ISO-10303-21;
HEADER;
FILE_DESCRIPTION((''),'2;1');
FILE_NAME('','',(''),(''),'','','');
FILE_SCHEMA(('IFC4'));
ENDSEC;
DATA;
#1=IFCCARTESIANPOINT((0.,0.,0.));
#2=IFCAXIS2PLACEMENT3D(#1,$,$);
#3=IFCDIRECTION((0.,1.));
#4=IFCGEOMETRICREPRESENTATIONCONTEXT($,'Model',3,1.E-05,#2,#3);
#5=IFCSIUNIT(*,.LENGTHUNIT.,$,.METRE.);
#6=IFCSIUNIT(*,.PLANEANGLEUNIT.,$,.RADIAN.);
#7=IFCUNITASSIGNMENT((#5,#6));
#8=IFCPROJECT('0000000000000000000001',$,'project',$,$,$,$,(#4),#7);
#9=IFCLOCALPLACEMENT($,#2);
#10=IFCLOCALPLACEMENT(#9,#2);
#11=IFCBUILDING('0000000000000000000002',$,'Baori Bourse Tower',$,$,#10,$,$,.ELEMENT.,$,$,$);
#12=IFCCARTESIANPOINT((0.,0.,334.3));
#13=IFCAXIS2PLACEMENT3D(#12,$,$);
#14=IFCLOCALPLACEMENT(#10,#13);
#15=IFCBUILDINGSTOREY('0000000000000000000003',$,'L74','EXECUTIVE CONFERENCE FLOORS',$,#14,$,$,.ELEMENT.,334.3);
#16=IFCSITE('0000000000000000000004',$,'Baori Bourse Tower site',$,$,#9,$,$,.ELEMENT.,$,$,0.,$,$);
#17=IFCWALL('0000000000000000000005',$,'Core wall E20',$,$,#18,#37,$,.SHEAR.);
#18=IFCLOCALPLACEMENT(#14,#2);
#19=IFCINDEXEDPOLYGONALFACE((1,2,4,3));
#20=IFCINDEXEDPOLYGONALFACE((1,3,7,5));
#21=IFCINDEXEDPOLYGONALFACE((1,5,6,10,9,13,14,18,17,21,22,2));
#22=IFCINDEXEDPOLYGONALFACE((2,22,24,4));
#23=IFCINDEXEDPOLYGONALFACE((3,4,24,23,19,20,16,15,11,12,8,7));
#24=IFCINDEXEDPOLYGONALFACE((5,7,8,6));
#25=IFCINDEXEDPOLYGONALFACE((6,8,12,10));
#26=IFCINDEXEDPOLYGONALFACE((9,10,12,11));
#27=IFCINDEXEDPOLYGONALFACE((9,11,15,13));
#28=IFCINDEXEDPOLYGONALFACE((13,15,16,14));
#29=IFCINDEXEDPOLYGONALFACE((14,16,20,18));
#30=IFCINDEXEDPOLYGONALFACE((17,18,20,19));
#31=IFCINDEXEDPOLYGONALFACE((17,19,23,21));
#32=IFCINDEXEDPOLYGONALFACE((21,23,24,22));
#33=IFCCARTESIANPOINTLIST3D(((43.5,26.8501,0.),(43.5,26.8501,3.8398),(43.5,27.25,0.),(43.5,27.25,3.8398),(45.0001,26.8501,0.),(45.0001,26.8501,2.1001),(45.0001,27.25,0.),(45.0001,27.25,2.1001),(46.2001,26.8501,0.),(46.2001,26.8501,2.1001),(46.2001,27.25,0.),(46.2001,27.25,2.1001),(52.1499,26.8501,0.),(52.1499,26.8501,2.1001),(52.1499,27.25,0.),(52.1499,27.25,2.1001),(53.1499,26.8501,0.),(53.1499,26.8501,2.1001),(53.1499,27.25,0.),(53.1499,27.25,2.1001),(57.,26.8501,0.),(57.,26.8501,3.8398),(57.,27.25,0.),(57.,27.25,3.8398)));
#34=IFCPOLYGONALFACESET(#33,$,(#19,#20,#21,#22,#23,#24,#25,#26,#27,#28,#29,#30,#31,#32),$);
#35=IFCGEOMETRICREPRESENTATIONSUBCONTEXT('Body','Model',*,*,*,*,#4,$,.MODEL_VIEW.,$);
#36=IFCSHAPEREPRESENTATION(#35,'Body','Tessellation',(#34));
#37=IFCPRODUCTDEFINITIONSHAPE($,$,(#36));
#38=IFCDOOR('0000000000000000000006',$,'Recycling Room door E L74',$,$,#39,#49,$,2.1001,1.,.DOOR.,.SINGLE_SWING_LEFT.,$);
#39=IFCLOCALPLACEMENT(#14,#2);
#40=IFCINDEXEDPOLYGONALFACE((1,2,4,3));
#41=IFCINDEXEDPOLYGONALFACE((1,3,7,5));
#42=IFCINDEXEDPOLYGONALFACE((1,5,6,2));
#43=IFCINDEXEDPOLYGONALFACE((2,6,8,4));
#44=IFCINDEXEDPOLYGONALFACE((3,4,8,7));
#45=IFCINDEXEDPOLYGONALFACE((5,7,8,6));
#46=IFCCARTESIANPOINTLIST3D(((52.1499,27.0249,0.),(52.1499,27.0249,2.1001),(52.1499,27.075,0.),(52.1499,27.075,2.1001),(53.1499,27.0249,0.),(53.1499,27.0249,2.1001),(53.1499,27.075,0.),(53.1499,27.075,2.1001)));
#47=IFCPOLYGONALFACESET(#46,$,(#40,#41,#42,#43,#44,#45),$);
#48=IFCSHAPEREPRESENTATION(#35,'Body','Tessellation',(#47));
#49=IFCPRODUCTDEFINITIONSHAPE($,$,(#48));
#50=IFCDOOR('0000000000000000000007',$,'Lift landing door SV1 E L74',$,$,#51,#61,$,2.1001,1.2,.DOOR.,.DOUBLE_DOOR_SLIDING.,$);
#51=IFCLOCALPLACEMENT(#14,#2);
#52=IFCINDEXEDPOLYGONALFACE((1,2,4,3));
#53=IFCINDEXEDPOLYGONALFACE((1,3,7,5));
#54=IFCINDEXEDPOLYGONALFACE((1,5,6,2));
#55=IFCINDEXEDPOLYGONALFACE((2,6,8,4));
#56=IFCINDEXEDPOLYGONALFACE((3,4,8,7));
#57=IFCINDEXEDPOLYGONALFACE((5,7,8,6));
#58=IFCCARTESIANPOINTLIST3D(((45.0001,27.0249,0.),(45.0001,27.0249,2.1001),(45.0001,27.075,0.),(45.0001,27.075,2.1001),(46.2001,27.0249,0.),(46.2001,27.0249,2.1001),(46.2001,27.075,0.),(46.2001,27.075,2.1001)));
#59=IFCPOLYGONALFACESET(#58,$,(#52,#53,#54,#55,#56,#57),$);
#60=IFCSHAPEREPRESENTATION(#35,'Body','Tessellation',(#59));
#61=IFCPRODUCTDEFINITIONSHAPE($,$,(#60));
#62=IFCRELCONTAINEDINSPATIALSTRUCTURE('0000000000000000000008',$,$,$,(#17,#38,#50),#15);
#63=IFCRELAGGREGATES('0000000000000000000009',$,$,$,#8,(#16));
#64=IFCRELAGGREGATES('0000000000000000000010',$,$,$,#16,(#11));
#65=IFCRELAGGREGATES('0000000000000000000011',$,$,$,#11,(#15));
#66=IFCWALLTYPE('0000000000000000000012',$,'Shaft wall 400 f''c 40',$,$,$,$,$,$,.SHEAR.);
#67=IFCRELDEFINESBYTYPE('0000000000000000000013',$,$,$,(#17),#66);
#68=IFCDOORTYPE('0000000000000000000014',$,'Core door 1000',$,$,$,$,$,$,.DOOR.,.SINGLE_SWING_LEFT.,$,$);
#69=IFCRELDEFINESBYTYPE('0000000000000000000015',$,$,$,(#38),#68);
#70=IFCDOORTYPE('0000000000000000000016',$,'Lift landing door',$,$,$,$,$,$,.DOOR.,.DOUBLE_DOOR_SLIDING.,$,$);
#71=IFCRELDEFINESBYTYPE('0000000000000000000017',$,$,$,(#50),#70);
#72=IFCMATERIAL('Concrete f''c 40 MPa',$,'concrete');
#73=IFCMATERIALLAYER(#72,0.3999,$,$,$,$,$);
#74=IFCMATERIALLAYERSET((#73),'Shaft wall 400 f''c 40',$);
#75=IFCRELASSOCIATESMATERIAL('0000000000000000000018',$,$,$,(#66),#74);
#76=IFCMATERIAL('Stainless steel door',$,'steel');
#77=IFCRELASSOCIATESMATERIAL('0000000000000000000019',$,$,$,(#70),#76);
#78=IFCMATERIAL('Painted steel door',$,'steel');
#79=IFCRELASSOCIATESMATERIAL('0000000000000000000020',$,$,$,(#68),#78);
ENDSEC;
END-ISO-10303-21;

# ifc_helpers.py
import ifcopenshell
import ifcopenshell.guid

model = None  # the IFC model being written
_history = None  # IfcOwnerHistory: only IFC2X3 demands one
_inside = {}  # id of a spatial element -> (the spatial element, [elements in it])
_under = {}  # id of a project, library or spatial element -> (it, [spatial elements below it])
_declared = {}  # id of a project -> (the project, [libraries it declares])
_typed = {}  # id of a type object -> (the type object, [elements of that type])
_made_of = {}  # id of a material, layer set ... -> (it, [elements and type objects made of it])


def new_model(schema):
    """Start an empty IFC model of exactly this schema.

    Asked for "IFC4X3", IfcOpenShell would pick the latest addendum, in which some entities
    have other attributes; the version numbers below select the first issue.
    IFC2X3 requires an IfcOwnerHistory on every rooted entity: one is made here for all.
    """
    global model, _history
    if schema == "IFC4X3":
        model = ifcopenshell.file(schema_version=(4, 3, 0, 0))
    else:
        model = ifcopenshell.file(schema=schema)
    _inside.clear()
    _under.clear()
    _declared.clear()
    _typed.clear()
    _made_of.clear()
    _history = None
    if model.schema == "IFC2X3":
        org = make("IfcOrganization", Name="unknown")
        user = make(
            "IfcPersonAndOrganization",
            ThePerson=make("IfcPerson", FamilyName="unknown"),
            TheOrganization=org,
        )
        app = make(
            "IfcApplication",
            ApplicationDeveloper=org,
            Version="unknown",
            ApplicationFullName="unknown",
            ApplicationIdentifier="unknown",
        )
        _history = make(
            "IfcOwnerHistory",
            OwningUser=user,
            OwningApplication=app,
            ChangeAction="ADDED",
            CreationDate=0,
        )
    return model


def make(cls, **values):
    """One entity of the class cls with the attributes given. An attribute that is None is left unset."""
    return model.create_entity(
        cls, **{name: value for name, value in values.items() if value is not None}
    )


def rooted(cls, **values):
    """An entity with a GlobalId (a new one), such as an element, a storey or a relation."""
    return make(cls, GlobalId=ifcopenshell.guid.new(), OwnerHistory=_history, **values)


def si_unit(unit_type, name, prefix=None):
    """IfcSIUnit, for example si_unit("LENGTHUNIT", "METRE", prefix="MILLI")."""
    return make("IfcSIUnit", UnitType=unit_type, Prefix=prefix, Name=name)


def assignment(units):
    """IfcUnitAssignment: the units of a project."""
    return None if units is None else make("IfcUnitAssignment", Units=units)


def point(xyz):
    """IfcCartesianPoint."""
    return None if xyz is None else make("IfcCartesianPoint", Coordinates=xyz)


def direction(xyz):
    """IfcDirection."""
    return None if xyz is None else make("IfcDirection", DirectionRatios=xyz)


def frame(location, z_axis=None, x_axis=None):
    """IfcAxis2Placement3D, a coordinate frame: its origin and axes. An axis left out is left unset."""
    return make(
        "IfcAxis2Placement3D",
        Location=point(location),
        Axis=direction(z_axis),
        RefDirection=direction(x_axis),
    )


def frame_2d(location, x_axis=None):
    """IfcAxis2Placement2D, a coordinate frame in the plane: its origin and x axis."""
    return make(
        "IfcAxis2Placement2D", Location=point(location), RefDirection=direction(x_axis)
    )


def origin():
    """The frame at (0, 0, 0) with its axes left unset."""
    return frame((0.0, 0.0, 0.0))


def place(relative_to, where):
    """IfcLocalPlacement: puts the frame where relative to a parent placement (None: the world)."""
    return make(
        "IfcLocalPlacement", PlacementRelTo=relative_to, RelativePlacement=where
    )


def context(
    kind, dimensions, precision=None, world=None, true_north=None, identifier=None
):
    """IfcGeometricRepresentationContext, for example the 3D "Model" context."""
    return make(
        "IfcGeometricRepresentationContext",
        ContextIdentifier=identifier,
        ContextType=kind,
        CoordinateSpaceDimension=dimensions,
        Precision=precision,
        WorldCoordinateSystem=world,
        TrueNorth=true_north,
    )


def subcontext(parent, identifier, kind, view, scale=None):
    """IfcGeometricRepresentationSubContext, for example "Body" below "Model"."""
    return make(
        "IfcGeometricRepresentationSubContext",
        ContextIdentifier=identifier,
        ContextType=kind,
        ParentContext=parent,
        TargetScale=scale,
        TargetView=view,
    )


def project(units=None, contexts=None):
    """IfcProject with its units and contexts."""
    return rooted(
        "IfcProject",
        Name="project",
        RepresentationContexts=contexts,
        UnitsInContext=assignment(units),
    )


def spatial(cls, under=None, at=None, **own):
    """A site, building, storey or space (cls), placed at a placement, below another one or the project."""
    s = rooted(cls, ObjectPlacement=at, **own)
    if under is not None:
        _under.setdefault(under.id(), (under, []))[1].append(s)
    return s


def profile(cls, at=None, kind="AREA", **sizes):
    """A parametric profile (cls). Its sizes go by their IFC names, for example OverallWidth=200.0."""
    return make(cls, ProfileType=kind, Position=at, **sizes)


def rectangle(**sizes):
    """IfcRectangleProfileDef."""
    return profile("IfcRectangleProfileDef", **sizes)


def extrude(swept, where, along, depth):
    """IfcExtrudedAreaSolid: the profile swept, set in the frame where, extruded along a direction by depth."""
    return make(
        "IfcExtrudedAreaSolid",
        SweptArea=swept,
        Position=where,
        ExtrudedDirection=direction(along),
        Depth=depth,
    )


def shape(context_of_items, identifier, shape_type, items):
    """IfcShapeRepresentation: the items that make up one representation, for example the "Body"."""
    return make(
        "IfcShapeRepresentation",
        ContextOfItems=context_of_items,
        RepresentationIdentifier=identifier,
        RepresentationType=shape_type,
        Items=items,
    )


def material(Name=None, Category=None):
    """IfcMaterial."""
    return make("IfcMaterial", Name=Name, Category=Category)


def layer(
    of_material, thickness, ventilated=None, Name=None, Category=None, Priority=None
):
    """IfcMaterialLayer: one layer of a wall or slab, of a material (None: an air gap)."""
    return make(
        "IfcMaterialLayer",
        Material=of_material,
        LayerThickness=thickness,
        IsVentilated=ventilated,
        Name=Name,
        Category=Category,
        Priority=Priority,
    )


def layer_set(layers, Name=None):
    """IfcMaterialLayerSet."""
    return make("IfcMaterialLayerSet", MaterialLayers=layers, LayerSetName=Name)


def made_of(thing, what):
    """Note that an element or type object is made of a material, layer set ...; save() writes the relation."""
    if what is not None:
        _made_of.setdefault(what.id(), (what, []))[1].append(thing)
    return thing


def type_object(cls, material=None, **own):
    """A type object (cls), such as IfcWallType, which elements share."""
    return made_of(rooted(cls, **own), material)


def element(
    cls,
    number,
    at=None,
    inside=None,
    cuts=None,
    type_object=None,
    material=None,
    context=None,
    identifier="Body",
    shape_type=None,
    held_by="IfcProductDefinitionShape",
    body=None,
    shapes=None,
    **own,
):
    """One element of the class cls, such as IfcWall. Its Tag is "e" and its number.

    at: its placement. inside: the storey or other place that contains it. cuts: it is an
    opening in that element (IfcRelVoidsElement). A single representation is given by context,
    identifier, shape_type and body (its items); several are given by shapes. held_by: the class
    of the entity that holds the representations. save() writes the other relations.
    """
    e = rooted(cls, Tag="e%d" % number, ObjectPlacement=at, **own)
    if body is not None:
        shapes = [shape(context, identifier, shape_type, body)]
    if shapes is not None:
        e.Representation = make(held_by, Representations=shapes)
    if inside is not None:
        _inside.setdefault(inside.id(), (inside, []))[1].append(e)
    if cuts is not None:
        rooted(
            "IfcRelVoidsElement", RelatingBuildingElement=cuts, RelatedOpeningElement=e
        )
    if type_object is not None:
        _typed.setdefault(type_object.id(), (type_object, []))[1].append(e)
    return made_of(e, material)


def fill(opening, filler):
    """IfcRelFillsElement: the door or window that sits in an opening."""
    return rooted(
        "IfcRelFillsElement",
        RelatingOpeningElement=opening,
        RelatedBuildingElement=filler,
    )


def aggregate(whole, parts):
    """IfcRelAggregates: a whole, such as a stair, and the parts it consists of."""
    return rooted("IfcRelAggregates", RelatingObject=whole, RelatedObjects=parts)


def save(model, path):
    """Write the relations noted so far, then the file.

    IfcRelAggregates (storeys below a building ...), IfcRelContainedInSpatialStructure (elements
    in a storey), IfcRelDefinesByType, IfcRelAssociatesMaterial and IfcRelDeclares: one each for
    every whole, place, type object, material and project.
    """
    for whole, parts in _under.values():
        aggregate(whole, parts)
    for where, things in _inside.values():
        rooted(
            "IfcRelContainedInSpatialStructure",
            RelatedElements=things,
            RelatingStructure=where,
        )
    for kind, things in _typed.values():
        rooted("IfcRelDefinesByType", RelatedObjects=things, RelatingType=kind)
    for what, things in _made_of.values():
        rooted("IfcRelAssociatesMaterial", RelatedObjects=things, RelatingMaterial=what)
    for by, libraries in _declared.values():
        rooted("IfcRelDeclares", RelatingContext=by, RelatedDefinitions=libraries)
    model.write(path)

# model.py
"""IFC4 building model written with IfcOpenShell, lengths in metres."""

from ifc_helpers import new_model, si_unit, direction, frame, frame_2d, origin, place, context, subcontext, project, spatial, rectangle, extrude, material, layer, layer_set, type_object, element, fill, save


model = new_model("IFC4")

# Units and contexts
model_context = context("Model", 3, precision=1e-05, world=origin(), true_north=direction((0.0, 1.0)))
body_context = subcontext(model_context, "Body", "Model", "MODEL_VIEW")
ifc_project = project(units=[si_unit("LENGTHUNIT", "METRE"), si_unit("PLANEANGLEUNIT", "RADIAN")], contexts=[model_context])

# Site, building, storey
site_placement = place(None, origin())
site = spatial("IfcSite", under=ifc_project, at=site_placement, Name="Baori Bourse Tower site", CompositionType="ELEMENT", RefElevation=0.0)
building_placement = place(site_placement, origin())
building = spatial("IfcBuilding", under=site, at=building_placement, Name="Baori Bourse Tower", CompositionType="ELEMENT")
storey_placement = place(building_placement, frame((0.0, 0.0, 334.3)))
storey = spatial("IfcBuildingStorey", under=building, at=storey_placement, Name="L74", Description="EXECUTIVE CONFERENCE FLOORS", CompositionType="ELEMENT", Elevation=334.3)

# Shared definitions
ifc_material_1 = material(Name="Concrete f'c 40 MPa", Category="concrete")
ifc_layer_1 = layer(ifc_material_1, 0.3999)
ifc_layer_set_1 = layer_set([ifc_layer_1], Name="Shaft wall 400 f'c 40")
wall_type_1 = type_object("IfcWallType", Name="Shaft wall 400 f'c 40", PredefinedType="SHEAR", material=ifc_layer_set_1)
ifc_material_2 = material(Name="Stainless steel door", Category="steel")
door_type_1 = type_object("IfcDoorType", Name="Lift landing door", OperationType="DOUBLE_DOOR_SLIDING", PredefinedType="DOOR", material=ifc_material_2)

# Wall, openings, doors
wall_1_placement = place(storey_placement, frame((43.5, 27.05, 0.0), z_axis=(0.0, 0.0, 1.0), x_axis=(1.0, 0.0, 0.0)))
wall_1 = element("IfcWall", 1, at=wall_1_placement, inside=storey, type_object=wall_type_1, Name="Core wall E20", PredefinedType="SHEAR", context=body_context, shape_type="SweptSolid", body=[
    extrude(rectangle(XDim=13.5, YDim=0.3999, at=frame_2d((6.75, 0.0))), origin(), (0.0, 0.0, 1.0), 3.8398),
])
opening_1_placement = place(wall_1_placement, frame((8.6499, 0.0, 0.0)))
opening_1 = element("IfcOpeningElement", 2, at=opening_1_placement, cuts=wall_1, PredefinedType="OPENING", context=body_context, shape_type="SweptSolid", body=[
    extrude(rectangle(XDim=1.0, YDim=2.1001, at=frame_2d((0.5, 1.05))), frame((0.0, 0.21, 0.0), z_axis=(0.0, -1.0, 0.0), x_axis=(1.0, 0.0, 0.0)), (0.0, 0.0, 1.0), 0.4199),
])
opening_2_placement = place(wall_1_placement, frame((1.5, 0.0, 0.0)))
opening_2 = element("IfcOpeningElement", 3, at=opening_2_placement, cuts=wall_1, PredefinedType="OPENING", context=body_context, shape_type="SweptSolid", body=[
    extrude(rectangle(XDim=1.2, YDim=2.1001, at=frame_2d((0.6001, 1.05))), frame((0.0, 0.21, 0.0), z_axis=(0.0, -1.0, 0.0), x_axis=(1.0, 0.0, 0.0)), (0.0, 0.0, 1.0), 0.4199),
])
ifc_material_3 = material(Name="Painted steel door", Category="steel")
door_type_2 = type_object("IfcDoorType", Name="Core door 1000", OperationType="SINGLE_SWING_LEFT", PredefinedType="DOOR", material=ifc_material_3)
door_1_placement = place(opening_1_placement, origin())
door_1 = element("IfcDoor", 4, at=door_1_placement, inside=storey, type_object=door_type_2, Name="Recycling Room door E L74", OperationType="SINGLE_SWING_LEFT", OverallHeight=2.1001, OverallWidth=1.0, PredefinedType="DOOR", context=body_context, shape_type="SweptSolid", body=[
    extrude(rectangle(XDim=1.0, YDim=2.1001, at=frame_2d((0.5, 1.05))), frame((0.0, 0.0249, 0.0), z_axis=(0.0, -1.0, 0.0), x_axis=(1.0, 0.0, 0.0)), (0.0, 0.0, 1.0), 0.05),
])
fill(opening_1, door_1)
door_2_placement = place(opening_2_placement, origin())
door_2 = element("IfcDoor", 5, at=door_2_placement, inside=storey, type_object=door_type_1, Name="Lift landing door SV1 E L74", OperationType="DOUBLE_DOOR_SLIDING", OverallHeight=2.1001, OverallWidth=1.2, PredefinedType="DOOR", context=body_context, shape_type="SweptSolid", body=[
    extrude(rectangle(XDim=1.2, YDim=2.1001, at=frame_2d((0.6001, 1.05))), frame((0.0, 0.0249, 0.0), z_axis=(0.0, -1.0, 0.0), x_axis=(1.0, 0.0, 0.0)), (0.0, 0.0, 1.0), 0.05),
])
fill(opening_2, door_2)

save(model, "model.ifc")
